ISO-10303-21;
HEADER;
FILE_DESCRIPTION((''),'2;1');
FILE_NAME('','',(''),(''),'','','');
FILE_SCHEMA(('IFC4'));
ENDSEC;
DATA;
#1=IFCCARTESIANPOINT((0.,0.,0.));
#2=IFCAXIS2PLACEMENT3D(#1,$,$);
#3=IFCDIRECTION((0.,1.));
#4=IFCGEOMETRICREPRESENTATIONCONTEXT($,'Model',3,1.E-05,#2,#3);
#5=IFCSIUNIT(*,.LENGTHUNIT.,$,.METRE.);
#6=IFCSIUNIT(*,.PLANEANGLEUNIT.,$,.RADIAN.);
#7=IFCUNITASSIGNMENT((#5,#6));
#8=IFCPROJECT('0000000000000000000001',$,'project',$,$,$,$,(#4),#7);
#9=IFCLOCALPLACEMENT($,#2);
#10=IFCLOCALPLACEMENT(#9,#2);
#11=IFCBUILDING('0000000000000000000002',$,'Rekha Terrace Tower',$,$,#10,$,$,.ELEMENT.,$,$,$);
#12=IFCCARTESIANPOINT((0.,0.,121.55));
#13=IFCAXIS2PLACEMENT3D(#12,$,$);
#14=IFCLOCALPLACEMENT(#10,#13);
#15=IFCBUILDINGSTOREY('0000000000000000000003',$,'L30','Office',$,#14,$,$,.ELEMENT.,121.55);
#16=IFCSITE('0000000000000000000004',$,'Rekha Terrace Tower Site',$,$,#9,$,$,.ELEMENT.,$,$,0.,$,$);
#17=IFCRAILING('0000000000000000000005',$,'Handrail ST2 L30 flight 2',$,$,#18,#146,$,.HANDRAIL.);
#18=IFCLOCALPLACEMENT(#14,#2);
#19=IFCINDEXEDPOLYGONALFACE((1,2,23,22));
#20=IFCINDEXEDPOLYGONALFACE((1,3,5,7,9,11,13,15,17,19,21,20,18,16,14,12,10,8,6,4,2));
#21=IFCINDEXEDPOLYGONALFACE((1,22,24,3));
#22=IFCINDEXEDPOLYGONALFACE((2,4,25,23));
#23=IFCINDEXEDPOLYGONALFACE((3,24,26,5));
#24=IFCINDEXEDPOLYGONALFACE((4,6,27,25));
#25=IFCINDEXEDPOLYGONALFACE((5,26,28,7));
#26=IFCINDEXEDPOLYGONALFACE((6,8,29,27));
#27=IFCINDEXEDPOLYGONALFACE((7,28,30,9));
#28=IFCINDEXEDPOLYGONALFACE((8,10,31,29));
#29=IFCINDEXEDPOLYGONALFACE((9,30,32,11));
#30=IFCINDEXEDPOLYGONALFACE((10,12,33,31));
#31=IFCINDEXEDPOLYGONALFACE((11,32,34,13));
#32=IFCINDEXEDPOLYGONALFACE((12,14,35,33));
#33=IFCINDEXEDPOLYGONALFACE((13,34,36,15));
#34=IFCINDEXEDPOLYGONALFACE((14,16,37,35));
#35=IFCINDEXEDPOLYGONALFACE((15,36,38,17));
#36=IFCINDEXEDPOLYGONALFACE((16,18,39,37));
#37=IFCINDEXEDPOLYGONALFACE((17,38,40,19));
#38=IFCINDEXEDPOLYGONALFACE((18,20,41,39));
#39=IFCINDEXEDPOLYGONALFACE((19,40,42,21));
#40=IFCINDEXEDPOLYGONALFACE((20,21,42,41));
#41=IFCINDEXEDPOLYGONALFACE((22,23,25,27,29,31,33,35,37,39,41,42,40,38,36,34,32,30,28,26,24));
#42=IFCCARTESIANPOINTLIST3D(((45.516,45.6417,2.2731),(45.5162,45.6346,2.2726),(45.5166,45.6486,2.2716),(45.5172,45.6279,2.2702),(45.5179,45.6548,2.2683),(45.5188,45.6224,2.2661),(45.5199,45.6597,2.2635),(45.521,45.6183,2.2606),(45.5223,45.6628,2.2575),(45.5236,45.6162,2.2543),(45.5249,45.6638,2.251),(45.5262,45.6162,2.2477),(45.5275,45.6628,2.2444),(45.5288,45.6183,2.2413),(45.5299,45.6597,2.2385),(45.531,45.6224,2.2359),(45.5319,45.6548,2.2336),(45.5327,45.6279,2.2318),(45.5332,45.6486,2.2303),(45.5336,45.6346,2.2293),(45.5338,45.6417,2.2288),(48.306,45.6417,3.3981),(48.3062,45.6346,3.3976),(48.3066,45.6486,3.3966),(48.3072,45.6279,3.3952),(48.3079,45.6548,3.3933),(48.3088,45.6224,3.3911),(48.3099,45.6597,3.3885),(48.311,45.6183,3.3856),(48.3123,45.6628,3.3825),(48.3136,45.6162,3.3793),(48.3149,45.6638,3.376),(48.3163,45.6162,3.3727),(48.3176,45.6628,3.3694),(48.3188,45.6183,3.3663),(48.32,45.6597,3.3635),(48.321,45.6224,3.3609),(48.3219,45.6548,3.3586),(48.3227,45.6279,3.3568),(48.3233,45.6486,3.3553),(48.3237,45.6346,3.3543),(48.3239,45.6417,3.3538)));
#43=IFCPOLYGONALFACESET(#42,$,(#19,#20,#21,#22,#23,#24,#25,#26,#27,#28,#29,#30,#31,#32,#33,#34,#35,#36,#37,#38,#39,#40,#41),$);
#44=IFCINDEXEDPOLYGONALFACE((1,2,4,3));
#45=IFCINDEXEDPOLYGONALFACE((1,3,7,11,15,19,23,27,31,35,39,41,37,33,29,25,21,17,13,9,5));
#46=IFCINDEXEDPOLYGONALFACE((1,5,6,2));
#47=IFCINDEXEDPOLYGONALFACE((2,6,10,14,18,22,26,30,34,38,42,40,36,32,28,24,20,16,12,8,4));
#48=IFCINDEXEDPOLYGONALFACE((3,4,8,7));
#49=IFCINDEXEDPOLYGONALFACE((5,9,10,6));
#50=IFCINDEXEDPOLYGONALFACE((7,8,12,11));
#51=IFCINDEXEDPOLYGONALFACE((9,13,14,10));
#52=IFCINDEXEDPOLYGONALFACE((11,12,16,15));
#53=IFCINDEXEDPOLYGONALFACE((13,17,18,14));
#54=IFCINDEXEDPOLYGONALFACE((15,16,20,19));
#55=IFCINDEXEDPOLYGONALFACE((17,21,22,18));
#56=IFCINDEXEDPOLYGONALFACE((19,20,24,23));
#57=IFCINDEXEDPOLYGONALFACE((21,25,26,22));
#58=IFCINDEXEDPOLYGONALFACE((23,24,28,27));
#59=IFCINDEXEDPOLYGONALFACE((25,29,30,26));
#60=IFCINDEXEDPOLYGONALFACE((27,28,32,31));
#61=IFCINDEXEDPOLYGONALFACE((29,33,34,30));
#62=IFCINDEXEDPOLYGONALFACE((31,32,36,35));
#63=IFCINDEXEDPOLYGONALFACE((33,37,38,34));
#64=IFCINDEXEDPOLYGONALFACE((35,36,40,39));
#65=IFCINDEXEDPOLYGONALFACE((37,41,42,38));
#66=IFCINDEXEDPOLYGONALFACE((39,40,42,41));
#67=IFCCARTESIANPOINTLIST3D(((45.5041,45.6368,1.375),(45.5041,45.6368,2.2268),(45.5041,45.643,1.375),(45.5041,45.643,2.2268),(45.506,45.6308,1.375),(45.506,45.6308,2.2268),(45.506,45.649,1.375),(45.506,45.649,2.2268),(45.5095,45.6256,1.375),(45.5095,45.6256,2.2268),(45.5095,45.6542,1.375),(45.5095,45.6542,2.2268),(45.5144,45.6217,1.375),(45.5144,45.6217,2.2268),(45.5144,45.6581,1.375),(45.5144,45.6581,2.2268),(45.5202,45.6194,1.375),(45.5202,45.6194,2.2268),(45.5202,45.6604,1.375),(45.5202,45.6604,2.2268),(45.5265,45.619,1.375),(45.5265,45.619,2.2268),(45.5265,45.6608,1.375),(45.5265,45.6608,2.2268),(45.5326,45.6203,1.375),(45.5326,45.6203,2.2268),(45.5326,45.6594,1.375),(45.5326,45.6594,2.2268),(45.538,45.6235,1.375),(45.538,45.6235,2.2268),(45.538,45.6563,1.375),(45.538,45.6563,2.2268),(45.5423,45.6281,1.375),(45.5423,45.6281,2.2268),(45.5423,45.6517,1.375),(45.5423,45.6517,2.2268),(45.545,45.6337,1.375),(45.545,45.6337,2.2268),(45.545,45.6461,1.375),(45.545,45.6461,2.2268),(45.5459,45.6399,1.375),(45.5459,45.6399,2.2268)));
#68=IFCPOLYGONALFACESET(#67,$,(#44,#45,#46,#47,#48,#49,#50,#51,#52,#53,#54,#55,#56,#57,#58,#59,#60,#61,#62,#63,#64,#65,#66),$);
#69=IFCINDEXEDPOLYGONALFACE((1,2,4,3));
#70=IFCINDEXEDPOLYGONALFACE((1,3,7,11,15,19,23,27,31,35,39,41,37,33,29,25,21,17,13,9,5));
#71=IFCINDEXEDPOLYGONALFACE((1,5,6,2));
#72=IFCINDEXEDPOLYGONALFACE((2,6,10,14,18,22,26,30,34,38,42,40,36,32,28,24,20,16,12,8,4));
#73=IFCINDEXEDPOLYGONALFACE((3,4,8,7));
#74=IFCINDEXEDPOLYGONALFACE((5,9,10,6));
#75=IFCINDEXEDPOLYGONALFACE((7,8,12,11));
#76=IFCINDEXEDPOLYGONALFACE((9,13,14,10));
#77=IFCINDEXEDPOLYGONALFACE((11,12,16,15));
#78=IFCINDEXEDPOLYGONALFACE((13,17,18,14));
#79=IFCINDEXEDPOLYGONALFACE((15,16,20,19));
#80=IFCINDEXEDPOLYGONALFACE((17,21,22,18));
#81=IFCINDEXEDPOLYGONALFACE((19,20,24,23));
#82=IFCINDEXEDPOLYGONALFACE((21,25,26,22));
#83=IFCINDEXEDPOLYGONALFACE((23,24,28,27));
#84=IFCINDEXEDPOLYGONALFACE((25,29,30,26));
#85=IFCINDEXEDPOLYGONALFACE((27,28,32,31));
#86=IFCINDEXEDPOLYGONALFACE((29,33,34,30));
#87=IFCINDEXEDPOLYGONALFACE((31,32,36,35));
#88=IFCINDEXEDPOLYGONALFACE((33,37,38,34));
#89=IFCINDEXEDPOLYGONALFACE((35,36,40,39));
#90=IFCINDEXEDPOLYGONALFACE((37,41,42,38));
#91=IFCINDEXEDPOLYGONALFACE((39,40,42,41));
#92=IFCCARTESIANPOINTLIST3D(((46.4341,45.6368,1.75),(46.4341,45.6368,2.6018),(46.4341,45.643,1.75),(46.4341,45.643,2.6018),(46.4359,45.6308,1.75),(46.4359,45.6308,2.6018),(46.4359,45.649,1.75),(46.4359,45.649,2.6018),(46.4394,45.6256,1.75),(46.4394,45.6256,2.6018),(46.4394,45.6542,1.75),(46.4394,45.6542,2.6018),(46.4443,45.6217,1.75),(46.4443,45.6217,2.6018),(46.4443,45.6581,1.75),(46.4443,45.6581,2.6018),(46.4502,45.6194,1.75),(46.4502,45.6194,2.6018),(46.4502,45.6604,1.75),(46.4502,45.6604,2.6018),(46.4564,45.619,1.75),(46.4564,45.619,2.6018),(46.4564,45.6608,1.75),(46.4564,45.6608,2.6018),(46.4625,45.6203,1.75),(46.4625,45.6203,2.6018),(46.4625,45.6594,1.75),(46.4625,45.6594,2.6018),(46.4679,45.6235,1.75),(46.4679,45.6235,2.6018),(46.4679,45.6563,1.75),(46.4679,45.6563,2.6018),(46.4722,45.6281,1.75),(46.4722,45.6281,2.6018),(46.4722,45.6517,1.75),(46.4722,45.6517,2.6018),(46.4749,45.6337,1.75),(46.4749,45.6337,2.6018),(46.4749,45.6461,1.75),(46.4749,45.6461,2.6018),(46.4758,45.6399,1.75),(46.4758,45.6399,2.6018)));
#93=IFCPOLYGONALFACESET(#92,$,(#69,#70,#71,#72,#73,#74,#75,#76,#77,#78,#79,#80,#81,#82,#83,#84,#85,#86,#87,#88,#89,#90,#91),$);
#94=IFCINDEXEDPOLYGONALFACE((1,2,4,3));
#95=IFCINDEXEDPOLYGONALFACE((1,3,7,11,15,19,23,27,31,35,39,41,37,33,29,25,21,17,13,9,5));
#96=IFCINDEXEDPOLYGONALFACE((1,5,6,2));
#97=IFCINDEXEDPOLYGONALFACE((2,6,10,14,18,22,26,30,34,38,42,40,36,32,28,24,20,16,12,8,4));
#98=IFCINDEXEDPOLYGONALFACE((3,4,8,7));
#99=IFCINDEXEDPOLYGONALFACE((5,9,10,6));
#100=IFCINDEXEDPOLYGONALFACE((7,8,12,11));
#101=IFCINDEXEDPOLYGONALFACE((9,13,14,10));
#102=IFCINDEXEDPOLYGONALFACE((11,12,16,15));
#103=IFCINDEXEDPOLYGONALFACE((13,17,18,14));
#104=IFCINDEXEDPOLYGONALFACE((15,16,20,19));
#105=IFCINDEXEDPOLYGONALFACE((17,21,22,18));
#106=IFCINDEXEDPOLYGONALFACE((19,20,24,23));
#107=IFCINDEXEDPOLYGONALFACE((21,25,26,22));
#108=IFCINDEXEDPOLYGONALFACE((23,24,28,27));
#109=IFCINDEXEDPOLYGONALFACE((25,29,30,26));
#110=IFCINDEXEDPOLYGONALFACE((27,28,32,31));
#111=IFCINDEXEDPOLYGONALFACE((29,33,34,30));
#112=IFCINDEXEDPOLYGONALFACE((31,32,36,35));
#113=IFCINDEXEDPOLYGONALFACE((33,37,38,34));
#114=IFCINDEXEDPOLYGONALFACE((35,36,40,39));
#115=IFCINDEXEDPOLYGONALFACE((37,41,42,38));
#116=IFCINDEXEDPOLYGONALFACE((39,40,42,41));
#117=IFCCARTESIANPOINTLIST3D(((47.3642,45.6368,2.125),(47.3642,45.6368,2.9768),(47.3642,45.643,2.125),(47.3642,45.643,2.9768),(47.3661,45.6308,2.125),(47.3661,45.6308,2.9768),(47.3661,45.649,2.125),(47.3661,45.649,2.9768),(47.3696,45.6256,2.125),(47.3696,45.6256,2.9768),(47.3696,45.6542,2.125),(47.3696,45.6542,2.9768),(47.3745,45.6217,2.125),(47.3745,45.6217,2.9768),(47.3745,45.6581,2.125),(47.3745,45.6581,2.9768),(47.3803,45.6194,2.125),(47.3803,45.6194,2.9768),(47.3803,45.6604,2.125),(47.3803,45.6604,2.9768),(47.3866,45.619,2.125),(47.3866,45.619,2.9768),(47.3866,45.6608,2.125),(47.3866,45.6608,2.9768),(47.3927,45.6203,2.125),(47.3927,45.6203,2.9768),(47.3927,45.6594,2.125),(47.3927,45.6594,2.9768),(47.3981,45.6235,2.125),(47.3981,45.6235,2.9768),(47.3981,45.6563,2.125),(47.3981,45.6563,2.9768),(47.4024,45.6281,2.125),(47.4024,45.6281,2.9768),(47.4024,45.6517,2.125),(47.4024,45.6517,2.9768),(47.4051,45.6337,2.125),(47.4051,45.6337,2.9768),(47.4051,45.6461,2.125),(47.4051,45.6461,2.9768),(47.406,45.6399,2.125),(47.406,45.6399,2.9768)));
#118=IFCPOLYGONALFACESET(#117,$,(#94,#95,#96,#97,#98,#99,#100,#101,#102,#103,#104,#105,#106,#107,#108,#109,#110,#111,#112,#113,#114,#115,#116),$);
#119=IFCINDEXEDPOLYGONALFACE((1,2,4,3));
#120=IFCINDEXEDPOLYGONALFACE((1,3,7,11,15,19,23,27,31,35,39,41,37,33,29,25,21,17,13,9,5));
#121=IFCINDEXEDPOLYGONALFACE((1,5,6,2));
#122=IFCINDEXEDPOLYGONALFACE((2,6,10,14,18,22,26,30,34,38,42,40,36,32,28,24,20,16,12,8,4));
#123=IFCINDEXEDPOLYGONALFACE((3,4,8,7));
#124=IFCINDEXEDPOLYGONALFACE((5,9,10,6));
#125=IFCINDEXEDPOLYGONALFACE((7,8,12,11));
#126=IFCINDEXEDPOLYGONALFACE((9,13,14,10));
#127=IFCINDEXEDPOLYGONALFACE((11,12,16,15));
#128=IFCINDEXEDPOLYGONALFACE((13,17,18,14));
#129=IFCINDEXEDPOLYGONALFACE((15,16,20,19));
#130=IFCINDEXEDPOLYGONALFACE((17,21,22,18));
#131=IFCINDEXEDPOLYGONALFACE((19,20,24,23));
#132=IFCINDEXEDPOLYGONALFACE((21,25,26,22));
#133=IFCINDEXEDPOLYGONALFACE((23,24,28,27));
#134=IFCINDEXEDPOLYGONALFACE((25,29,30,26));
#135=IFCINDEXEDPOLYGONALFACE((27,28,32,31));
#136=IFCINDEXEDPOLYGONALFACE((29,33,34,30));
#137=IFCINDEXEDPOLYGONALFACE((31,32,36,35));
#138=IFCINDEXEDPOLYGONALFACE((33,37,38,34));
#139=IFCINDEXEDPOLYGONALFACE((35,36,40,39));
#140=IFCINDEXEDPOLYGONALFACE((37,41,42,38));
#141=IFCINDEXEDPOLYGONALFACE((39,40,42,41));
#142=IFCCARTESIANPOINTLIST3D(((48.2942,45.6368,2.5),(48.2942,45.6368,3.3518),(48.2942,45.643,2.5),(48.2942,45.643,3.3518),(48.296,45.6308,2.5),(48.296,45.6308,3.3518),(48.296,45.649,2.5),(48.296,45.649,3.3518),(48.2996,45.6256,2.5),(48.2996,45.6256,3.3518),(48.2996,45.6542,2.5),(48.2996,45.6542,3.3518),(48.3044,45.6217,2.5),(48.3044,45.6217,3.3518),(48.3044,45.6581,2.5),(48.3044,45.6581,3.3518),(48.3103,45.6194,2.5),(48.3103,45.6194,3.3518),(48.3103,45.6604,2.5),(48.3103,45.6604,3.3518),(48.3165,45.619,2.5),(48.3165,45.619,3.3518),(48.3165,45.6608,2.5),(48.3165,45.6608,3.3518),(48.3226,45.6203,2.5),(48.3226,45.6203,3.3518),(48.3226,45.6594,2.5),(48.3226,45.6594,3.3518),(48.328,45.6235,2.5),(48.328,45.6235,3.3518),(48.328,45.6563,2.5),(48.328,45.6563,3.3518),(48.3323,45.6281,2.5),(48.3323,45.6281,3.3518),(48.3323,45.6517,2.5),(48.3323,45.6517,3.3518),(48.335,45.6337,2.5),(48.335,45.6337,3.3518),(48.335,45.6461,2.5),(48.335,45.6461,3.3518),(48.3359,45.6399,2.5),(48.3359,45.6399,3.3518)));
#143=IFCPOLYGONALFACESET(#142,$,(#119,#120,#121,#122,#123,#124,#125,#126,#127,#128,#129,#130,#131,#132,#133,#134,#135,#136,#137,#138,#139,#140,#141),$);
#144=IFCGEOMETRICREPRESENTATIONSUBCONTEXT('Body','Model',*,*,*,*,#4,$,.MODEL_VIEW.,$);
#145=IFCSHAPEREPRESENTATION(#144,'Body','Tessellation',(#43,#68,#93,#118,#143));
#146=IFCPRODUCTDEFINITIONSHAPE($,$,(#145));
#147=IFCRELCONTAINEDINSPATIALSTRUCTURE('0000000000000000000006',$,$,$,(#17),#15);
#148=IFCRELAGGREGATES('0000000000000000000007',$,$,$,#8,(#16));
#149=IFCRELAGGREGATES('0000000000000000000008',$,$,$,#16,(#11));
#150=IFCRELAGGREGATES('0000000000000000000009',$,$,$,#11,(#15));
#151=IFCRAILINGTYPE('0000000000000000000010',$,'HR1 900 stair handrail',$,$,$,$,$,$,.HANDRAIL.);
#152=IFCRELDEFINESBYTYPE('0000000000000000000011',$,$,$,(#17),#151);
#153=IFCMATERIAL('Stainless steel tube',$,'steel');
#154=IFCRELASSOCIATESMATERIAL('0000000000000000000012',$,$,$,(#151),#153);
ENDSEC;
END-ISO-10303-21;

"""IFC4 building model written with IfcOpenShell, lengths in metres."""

from ifc_helpers import new_model, si_unit, direction, frame, origin, origin_2d, place, context, subcontext, project, spatial, circle, extrude, material, type_object, element, save


model = new_model("IFC4")

# Units and contexts
model_context = context("Model", 3, precision=1e-05, world=origin(), true_north=direction((0.0, 1.0)))
body_context = subcontext(model_context, "Body", "Model", "MODEL_VIEW")
ifc_project = project(units=[si_unit("LENGTHUNIT", "METRE"), si_unit("PLANEANGLEUNIT", "RADIAN")], contexts=[model_context])

# Site, building, storey
site_placement = place(None, origin())
site = spatial("IfcSite", under=ifc_project, at=site_placement, Name="Rekha Terrace Tower Site", CompositionType="ELEMENT", RefElevation=0.0)
building_placement = place(site_placement, origin())
building = spatial("IfcBuilding", under=site, at=building_placement, Name="Rekha Terrace Tower", CompositionType="ELEMENT")
storey_placement = place(building_placement, frame((0.0, 0.0, 121.55)))
storey = spatial("IfcBuildingStorey", under=building, at=storey_placement, Name="L30", Description="Office", CompositionType="ELEMENT", Elevation=121.55)

# Railing
ifc_material_1 = material(Name="Stainless steel tube", Category="steel")
railing_type_1 = type_object("IfcRailingType", Name="HR1 900 stair handrail", PredefinedType="HANDRAIL", material=ifc_material_1)
railing_1_placement = place(storey_placement, frame((45.5249, 45.6399, 1.375)))
element("IfcRailing", 1, at=railing_1_placement, inside=storey, type_object=railing_type_1, Name="Handrail ST2 L30 flight 2", PredefinedType="HANDRAIL", context=body_context, shape_type="SweptSolid", body=[
    extrude(circle(Radius=0.0239, at=origin_2d()), frame((0.0, 0.0, 0.876), z_axis=(0.927443, 0.0, 0.373964), x_axis=(0.0, 1.0, 0.0)), (0.0, 0.0, 1.0), 3.0083),
    extrude(circle(Radius=0.021, at=origin_2d()), origin(), (0.0, 0.0, 1.0), 0.8518),
    extrude(circle(Radius=0.021, at=origin_2d()), frame((0.9299, 0.0, 0.375)), (0.0, 0.0, 1.0), 0.8518),
    extrude(circle(Radius=0.021, at=origin_2d()), frame((1.8601, 0.0, 0.75)), (0.0, 0.0, 1.0), 0.8518),
    extrude(circle(Radius=0.021, at=origin_2d()), frame((2.79, 0.0, 1.125)), (0.0, 0.0, 1.0), 0.8518),
])

save(model, "model.ifc")
